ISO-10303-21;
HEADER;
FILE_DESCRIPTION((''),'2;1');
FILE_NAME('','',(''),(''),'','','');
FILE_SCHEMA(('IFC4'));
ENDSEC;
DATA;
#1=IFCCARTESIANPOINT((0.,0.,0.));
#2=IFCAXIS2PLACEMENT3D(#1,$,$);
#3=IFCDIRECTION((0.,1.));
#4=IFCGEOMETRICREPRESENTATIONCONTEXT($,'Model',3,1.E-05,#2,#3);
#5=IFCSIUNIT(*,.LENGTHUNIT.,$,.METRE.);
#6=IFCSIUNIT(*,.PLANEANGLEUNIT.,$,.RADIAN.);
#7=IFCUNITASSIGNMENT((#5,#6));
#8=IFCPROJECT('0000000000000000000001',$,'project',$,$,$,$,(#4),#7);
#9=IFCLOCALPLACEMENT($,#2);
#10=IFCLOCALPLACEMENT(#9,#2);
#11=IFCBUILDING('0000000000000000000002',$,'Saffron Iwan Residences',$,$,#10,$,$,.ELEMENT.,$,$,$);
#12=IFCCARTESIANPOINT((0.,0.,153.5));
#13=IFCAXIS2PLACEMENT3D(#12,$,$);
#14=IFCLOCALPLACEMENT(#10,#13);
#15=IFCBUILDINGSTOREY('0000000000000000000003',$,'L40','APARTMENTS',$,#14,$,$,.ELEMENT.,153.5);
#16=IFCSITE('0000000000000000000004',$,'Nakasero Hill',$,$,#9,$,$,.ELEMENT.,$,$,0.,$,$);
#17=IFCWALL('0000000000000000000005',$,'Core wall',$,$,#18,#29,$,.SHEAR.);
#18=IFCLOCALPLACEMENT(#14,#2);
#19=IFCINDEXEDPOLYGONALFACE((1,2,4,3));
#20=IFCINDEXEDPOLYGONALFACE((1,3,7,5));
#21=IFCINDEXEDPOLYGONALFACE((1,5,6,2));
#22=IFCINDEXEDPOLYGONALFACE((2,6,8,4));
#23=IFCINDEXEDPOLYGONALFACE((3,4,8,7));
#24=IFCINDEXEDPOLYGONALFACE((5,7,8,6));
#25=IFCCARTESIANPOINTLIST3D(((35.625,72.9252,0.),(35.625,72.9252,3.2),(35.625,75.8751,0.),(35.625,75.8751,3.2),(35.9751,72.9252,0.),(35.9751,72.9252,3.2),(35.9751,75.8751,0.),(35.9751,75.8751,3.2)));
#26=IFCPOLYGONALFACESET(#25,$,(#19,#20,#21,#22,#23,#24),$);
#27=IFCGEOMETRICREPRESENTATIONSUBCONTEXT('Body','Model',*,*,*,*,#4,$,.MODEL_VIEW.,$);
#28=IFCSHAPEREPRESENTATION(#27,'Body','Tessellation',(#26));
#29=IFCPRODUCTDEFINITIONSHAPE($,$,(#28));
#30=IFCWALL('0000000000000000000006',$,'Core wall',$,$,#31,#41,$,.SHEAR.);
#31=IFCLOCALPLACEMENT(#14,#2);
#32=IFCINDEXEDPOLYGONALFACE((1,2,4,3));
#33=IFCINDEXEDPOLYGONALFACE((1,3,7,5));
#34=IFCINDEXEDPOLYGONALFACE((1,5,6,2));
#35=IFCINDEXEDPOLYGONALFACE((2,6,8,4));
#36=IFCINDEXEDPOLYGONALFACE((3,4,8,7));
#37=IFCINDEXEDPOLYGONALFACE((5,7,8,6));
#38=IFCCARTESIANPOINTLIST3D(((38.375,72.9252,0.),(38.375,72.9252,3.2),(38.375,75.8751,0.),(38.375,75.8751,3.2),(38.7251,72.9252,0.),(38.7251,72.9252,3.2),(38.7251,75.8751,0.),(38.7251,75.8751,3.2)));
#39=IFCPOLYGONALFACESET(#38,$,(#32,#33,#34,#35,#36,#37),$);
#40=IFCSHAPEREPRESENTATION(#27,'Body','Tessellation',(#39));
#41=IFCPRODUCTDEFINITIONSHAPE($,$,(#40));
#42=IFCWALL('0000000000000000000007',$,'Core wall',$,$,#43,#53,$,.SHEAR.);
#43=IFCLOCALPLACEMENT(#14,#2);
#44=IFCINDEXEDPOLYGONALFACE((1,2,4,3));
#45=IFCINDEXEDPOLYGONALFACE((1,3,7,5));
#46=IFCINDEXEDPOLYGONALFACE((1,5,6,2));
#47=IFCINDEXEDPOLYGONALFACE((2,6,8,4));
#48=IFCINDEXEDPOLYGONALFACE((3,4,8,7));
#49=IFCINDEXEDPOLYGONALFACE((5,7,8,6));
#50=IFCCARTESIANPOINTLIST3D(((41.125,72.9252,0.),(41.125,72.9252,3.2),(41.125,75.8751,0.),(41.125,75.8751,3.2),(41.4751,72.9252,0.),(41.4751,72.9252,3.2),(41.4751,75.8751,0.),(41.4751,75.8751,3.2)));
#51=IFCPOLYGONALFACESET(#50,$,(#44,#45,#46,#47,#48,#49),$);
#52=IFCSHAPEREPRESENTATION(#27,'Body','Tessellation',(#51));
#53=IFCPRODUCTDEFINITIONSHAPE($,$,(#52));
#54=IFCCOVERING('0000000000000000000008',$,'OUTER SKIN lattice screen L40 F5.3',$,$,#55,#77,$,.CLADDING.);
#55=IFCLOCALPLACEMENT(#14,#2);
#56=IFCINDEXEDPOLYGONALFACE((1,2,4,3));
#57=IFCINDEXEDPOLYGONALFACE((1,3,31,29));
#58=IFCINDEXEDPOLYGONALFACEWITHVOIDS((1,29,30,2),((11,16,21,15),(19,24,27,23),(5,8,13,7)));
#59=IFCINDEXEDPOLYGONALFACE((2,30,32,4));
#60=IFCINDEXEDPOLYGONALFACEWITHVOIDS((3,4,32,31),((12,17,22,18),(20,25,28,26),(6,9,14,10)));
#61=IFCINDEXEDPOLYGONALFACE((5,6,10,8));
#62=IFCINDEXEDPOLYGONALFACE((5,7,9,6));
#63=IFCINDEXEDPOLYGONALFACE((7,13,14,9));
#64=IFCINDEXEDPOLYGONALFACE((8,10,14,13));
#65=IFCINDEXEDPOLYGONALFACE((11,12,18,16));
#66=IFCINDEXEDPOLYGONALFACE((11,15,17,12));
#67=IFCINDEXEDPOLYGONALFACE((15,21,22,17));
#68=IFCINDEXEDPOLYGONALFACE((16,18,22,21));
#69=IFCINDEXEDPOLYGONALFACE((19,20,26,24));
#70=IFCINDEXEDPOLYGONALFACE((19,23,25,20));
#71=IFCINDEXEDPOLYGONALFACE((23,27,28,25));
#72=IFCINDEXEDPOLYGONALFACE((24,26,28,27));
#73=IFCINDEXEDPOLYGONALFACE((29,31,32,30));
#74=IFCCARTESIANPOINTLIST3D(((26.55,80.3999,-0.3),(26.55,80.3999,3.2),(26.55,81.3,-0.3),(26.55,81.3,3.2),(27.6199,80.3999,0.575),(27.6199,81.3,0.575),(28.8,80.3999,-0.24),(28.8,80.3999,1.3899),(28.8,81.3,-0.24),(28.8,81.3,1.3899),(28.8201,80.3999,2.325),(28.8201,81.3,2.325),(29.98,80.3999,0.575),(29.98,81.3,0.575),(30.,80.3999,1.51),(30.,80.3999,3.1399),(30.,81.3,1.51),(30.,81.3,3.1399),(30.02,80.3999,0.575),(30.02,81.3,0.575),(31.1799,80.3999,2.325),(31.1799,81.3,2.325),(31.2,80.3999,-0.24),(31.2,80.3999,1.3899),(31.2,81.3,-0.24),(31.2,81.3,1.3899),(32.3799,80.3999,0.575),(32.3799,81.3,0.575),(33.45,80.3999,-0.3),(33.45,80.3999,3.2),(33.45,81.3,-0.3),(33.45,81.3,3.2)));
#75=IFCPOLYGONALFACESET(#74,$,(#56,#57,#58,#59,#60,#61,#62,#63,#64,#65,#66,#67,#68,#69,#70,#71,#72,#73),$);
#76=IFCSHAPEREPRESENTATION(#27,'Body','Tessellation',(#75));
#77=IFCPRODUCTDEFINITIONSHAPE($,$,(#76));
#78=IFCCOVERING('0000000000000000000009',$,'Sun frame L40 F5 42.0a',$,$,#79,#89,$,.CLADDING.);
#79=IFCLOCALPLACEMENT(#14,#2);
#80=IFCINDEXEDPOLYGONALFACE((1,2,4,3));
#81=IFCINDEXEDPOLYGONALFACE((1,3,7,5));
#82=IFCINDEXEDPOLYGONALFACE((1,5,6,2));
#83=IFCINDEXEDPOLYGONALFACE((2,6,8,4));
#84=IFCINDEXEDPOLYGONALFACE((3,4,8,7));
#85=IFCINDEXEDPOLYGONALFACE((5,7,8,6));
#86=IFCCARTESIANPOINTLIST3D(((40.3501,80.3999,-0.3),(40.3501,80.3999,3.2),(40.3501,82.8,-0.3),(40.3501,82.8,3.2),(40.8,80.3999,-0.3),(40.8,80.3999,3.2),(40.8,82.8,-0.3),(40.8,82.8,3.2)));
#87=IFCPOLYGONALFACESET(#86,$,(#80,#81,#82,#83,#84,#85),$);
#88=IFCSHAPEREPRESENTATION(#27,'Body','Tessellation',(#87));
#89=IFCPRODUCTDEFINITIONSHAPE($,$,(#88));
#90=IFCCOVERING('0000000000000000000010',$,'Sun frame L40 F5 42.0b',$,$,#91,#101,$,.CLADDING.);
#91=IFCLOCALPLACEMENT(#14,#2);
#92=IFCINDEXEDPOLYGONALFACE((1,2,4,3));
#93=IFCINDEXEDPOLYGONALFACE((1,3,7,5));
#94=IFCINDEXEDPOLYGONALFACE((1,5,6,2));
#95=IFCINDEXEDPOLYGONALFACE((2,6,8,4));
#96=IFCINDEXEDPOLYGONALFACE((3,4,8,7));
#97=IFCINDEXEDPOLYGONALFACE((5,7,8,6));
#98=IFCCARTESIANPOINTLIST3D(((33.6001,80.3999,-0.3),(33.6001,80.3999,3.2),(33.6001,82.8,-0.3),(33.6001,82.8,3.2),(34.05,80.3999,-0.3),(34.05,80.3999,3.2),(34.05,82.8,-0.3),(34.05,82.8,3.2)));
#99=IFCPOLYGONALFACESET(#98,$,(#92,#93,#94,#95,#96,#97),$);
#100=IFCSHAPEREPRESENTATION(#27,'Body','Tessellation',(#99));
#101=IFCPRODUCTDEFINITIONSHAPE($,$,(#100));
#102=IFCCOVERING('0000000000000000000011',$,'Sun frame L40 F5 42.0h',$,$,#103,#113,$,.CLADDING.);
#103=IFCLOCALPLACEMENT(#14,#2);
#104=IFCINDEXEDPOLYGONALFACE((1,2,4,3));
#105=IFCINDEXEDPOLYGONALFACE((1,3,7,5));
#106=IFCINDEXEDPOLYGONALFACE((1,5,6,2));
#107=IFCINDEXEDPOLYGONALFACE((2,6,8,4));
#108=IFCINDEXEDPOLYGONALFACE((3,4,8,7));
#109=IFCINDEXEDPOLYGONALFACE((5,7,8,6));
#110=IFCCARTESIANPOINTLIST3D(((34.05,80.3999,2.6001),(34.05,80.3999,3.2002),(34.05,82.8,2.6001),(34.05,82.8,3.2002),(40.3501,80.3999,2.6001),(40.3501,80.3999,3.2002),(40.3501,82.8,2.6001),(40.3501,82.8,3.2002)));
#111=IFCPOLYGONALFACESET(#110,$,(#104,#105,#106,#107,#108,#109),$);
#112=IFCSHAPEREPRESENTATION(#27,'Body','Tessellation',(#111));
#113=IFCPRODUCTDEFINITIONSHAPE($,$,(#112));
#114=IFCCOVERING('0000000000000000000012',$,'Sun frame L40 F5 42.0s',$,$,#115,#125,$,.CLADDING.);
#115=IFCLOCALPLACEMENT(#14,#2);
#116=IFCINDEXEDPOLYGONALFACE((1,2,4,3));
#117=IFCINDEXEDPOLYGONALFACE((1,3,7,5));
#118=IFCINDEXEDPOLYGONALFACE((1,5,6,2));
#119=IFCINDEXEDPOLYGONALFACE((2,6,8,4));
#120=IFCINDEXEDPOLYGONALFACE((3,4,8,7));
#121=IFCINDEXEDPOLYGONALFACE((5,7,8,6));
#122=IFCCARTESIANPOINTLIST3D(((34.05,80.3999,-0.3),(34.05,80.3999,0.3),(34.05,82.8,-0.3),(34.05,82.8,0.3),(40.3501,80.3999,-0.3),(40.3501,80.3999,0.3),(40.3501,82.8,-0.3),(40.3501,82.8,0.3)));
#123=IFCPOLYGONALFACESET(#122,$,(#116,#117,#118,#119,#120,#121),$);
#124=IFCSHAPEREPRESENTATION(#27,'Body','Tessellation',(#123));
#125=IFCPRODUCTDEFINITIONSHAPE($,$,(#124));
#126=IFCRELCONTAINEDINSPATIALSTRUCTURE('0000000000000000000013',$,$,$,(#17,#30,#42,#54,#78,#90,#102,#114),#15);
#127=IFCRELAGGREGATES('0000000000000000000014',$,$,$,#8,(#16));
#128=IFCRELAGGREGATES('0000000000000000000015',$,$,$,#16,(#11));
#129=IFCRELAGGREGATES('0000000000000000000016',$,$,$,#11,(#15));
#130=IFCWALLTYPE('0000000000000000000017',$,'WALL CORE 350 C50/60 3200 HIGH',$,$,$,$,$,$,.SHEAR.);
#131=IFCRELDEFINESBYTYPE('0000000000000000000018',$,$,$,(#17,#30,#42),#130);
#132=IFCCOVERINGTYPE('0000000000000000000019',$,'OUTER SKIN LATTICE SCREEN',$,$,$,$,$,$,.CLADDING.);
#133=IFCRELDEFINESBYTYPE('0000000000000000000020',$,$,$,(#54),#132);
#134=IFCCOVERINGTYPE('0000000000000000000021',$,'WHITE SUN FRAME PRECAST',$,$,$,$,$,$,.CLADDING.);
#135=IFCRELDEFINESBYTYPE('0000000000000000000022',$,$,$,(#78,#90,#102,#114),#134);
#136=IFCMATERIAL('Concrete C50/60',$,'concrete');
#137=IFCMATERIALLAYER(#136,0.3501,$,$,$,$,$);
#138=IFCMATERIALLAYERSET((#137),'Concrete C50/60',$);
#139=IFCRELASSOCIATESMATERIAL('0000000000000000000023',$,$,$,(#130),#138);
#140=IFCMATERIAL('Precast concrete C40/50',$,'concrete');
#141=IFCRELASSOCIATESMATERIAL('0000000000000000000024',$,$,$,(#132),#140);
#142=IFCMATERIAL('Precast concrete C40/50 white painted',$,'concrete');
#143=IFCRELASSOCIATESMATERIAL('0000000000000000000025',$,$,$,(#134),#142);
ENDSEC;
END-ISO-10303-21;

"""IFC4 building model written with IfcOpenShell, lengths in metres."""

from ifc_helpers import new_model, si_unit, direction, frame, frame_2d, origin, place, context, subcontext, project, spatial, polyline, rectangle, outline, extrude, material, layer, layer_set, type_object, element, save


model = new_model("IFC4")

# Units and contexts
model_context = context("Model", 3, precision=1e-05, world=origin(), true_north=direction((0.0, 1.0)))
body_context = subcontext(model_context, "Body", "Model", "MODEL_VIEW")
ifc_project = project(units=[si_unit("LENGTHUNIT", "METRE"), si_unit("PLANEANGLEUNIT", "RADIAN")], contexts=[model_context])

# Site, building, storey
site_placement = place(None, origin())
site = spatial("IfcSite", under=ifc_project, at=site_placement, Name="Nakasero Hill", CompositionType="ELEMENT", RefElevation=0.0)
building_placement = place(site_placement, origin())
building = spatial("IfcBuilding", under=site, at=building_placement, Name="Saffron Iwan Residences", CompositionType="ELEMENT")
storey_placement = place(building_placement, frame((0.0, 0.0, 153.5)))
storey = spatial("IfcBuildingStorey", under=building, at=storey_placement, Name="L40", Description="APARTMENTS", CompositionType="ELEMENT", Elevation=153.5)

# Shared definitions
ifc_material_1 = material(Name="Concrete C50/60", Category="concrete")

# Shared definitions
ifc_layer_1 = layer(ifc_material_1, 0.3501)
ifc_layer_set_1 = layer_set([ifc_layer_1], Name="Concrete C50/60")
wall_type_1 = type_object("IfcWallType", Name="WALL CORE 350 C50/60 3200 HIGH", PredefinedType="SHEAR", material=ifc_layer_set_1)

# Walls
for number, where, z_axis, x_axis, name in (
    (1, (35.8, 72.925, 0.0), (0.0, 0.0, 1.0), (0.0, 1.0, 0.0), "Core wall"),
    (2, (38.55, 72.925, 0.0), (0.0, 0.0, 1.0), (0.0, 1.0, 0.0), "Core wall"),
    (3, (41.3, 72.925, 0.0), (0.0, 0.0, 1.0), (0.0, 1.0, 0.0), "Core wall"),
):
    element("IfcWall", number, at=place(storey_placement, frame(where, z_axis=z_axis, x_axis=x_axis)), inside=storey, type_object=wall_type_1, Name=name, PredefinedType="SHEAR", context=body_context, shape_type="SweptSolid", body=[
        extrude(rectangle(XDim=2.95, YDim=0.3501, at=frame_2d((1.4751, 0.0))), origin(), (0.0, 0.0, 1.0), 3.2),
    ])

# Coverings
ifc_material_2 = material(Name="Precast concrete C40/50", Category="concrete")
covering_type_1 = type_object("IfcCoveringType", Name="OUTER SKIN LATTICE SCREEN", PredefinedType="CLADDING", material=ifc_material_2)
covering_placement = place(storey_placement, frame((33.45, 80.3999, -0.3), z_axis=(0.0, 1.0, 0.0), x_axis=(-1.0, 0.0, 0.0)))
element("IfcCovering", 4, at=covering_placement, inside=storey, type_object=covering_type_1, Name="OUTER SKIN lattice screen L40 F5.3", PredefinedType="CLADDING", context=body_context, shape_type="SweptSolid", body=[
    extrude(outline(polyline([(0.0, 0.0), (6.8999, 0.0), (6.8999, 3.5), (0.0, 3.5), (0.0, 0.0)]), holes=[polyline([(1.0701, 0.875), (2.25, 0.0601), (3.4299, 0.875), (2.25, 1.6899), (1.0701, 0.875)]), polyline([(3.47, 0.875), (4.6499, 0.0601), (5.8301, 0.875), (4.6499, 1.6899), (3.47, 0.875)]), polyline([(2.27, 2.625), (3.45, 1.8101), (4.6299, 2.625), (3.45, 3.4399), (2.27, 2.625)])]), origin(), (0.0, 0.0, 1.0), 0.9001),
])
ifc_material_3 = material(Name="Precast concrete C40/50 white painted", Category="concrete")
covering_type_2 = type_object("IfcCoveringType", Name="WHITE SUN FRAME PRECAST", PredefinedType="CLADDING", material=ifc_material_3)
for number, where, z_axis, x_axis, name in (
    (5, (40.8, 80.3999, -0.3), (0.0, 1.0, 0.0), (-1.0, 0.0, 0.0), "Sun frame L40 F5 42.0a"),
    (6, (34.05, 80.3999, -0.3), (0.0, 1.0, 0.0), (-1.0, 0.0, 0.0), "Sun frame L40 F5 42.0b"),
):
    element("IfcCovering", number, at=place(storey_placement, frame(where, z_axis=z_axis, x_axis=x_axis)), inside=storey, type_object=covering_type_2, Name=name, PredefinedType="CLADDING", context=body_context, shape_type="SweptSolid", body=[
        extrude(outline(polyline([(0.0, 0.0), (0.45, 0.0), (0.45, 3.5), (0.0, 3.5), (0.0, 0.0)])), origin(), (0.0, 0.0, 1.0), 2.4001),
    ])
for number, where, z_axis, x_axis, name in (
    (7, (40.3501, 80.3999, 2.6001), (0.0, 1.0, 0.0), (-1.0, 0.0, 0.0), "Sun frame L40 F5 42.0h"),
    (8, (40.3501, 80.3999, -0.3), (0.0, 1.0, 0.0), (-1.0, 0.0, 0.0), "Sun frame L40 F5 42.0s"),
):
    element("IfcCovering", number, at=place(storey_placement, frame(where, z_axis=z_axis, x_axis=x_axis)), inside=storey, type_object=covering_type_2, Name=name, PredefinedType="CLADDING", context=body_context, shape_type="SweptSolid", body=[
        extrude(outline(polyline([(0.0, 0.0), (6.3, 0.0), (6.3, 0.6001), (0.0, 0.6001), (0.0, 0.0)])), origin(), (0.0, 0.0, 1.0), 2.4001),
    ])

save(model, "model.ifc")
